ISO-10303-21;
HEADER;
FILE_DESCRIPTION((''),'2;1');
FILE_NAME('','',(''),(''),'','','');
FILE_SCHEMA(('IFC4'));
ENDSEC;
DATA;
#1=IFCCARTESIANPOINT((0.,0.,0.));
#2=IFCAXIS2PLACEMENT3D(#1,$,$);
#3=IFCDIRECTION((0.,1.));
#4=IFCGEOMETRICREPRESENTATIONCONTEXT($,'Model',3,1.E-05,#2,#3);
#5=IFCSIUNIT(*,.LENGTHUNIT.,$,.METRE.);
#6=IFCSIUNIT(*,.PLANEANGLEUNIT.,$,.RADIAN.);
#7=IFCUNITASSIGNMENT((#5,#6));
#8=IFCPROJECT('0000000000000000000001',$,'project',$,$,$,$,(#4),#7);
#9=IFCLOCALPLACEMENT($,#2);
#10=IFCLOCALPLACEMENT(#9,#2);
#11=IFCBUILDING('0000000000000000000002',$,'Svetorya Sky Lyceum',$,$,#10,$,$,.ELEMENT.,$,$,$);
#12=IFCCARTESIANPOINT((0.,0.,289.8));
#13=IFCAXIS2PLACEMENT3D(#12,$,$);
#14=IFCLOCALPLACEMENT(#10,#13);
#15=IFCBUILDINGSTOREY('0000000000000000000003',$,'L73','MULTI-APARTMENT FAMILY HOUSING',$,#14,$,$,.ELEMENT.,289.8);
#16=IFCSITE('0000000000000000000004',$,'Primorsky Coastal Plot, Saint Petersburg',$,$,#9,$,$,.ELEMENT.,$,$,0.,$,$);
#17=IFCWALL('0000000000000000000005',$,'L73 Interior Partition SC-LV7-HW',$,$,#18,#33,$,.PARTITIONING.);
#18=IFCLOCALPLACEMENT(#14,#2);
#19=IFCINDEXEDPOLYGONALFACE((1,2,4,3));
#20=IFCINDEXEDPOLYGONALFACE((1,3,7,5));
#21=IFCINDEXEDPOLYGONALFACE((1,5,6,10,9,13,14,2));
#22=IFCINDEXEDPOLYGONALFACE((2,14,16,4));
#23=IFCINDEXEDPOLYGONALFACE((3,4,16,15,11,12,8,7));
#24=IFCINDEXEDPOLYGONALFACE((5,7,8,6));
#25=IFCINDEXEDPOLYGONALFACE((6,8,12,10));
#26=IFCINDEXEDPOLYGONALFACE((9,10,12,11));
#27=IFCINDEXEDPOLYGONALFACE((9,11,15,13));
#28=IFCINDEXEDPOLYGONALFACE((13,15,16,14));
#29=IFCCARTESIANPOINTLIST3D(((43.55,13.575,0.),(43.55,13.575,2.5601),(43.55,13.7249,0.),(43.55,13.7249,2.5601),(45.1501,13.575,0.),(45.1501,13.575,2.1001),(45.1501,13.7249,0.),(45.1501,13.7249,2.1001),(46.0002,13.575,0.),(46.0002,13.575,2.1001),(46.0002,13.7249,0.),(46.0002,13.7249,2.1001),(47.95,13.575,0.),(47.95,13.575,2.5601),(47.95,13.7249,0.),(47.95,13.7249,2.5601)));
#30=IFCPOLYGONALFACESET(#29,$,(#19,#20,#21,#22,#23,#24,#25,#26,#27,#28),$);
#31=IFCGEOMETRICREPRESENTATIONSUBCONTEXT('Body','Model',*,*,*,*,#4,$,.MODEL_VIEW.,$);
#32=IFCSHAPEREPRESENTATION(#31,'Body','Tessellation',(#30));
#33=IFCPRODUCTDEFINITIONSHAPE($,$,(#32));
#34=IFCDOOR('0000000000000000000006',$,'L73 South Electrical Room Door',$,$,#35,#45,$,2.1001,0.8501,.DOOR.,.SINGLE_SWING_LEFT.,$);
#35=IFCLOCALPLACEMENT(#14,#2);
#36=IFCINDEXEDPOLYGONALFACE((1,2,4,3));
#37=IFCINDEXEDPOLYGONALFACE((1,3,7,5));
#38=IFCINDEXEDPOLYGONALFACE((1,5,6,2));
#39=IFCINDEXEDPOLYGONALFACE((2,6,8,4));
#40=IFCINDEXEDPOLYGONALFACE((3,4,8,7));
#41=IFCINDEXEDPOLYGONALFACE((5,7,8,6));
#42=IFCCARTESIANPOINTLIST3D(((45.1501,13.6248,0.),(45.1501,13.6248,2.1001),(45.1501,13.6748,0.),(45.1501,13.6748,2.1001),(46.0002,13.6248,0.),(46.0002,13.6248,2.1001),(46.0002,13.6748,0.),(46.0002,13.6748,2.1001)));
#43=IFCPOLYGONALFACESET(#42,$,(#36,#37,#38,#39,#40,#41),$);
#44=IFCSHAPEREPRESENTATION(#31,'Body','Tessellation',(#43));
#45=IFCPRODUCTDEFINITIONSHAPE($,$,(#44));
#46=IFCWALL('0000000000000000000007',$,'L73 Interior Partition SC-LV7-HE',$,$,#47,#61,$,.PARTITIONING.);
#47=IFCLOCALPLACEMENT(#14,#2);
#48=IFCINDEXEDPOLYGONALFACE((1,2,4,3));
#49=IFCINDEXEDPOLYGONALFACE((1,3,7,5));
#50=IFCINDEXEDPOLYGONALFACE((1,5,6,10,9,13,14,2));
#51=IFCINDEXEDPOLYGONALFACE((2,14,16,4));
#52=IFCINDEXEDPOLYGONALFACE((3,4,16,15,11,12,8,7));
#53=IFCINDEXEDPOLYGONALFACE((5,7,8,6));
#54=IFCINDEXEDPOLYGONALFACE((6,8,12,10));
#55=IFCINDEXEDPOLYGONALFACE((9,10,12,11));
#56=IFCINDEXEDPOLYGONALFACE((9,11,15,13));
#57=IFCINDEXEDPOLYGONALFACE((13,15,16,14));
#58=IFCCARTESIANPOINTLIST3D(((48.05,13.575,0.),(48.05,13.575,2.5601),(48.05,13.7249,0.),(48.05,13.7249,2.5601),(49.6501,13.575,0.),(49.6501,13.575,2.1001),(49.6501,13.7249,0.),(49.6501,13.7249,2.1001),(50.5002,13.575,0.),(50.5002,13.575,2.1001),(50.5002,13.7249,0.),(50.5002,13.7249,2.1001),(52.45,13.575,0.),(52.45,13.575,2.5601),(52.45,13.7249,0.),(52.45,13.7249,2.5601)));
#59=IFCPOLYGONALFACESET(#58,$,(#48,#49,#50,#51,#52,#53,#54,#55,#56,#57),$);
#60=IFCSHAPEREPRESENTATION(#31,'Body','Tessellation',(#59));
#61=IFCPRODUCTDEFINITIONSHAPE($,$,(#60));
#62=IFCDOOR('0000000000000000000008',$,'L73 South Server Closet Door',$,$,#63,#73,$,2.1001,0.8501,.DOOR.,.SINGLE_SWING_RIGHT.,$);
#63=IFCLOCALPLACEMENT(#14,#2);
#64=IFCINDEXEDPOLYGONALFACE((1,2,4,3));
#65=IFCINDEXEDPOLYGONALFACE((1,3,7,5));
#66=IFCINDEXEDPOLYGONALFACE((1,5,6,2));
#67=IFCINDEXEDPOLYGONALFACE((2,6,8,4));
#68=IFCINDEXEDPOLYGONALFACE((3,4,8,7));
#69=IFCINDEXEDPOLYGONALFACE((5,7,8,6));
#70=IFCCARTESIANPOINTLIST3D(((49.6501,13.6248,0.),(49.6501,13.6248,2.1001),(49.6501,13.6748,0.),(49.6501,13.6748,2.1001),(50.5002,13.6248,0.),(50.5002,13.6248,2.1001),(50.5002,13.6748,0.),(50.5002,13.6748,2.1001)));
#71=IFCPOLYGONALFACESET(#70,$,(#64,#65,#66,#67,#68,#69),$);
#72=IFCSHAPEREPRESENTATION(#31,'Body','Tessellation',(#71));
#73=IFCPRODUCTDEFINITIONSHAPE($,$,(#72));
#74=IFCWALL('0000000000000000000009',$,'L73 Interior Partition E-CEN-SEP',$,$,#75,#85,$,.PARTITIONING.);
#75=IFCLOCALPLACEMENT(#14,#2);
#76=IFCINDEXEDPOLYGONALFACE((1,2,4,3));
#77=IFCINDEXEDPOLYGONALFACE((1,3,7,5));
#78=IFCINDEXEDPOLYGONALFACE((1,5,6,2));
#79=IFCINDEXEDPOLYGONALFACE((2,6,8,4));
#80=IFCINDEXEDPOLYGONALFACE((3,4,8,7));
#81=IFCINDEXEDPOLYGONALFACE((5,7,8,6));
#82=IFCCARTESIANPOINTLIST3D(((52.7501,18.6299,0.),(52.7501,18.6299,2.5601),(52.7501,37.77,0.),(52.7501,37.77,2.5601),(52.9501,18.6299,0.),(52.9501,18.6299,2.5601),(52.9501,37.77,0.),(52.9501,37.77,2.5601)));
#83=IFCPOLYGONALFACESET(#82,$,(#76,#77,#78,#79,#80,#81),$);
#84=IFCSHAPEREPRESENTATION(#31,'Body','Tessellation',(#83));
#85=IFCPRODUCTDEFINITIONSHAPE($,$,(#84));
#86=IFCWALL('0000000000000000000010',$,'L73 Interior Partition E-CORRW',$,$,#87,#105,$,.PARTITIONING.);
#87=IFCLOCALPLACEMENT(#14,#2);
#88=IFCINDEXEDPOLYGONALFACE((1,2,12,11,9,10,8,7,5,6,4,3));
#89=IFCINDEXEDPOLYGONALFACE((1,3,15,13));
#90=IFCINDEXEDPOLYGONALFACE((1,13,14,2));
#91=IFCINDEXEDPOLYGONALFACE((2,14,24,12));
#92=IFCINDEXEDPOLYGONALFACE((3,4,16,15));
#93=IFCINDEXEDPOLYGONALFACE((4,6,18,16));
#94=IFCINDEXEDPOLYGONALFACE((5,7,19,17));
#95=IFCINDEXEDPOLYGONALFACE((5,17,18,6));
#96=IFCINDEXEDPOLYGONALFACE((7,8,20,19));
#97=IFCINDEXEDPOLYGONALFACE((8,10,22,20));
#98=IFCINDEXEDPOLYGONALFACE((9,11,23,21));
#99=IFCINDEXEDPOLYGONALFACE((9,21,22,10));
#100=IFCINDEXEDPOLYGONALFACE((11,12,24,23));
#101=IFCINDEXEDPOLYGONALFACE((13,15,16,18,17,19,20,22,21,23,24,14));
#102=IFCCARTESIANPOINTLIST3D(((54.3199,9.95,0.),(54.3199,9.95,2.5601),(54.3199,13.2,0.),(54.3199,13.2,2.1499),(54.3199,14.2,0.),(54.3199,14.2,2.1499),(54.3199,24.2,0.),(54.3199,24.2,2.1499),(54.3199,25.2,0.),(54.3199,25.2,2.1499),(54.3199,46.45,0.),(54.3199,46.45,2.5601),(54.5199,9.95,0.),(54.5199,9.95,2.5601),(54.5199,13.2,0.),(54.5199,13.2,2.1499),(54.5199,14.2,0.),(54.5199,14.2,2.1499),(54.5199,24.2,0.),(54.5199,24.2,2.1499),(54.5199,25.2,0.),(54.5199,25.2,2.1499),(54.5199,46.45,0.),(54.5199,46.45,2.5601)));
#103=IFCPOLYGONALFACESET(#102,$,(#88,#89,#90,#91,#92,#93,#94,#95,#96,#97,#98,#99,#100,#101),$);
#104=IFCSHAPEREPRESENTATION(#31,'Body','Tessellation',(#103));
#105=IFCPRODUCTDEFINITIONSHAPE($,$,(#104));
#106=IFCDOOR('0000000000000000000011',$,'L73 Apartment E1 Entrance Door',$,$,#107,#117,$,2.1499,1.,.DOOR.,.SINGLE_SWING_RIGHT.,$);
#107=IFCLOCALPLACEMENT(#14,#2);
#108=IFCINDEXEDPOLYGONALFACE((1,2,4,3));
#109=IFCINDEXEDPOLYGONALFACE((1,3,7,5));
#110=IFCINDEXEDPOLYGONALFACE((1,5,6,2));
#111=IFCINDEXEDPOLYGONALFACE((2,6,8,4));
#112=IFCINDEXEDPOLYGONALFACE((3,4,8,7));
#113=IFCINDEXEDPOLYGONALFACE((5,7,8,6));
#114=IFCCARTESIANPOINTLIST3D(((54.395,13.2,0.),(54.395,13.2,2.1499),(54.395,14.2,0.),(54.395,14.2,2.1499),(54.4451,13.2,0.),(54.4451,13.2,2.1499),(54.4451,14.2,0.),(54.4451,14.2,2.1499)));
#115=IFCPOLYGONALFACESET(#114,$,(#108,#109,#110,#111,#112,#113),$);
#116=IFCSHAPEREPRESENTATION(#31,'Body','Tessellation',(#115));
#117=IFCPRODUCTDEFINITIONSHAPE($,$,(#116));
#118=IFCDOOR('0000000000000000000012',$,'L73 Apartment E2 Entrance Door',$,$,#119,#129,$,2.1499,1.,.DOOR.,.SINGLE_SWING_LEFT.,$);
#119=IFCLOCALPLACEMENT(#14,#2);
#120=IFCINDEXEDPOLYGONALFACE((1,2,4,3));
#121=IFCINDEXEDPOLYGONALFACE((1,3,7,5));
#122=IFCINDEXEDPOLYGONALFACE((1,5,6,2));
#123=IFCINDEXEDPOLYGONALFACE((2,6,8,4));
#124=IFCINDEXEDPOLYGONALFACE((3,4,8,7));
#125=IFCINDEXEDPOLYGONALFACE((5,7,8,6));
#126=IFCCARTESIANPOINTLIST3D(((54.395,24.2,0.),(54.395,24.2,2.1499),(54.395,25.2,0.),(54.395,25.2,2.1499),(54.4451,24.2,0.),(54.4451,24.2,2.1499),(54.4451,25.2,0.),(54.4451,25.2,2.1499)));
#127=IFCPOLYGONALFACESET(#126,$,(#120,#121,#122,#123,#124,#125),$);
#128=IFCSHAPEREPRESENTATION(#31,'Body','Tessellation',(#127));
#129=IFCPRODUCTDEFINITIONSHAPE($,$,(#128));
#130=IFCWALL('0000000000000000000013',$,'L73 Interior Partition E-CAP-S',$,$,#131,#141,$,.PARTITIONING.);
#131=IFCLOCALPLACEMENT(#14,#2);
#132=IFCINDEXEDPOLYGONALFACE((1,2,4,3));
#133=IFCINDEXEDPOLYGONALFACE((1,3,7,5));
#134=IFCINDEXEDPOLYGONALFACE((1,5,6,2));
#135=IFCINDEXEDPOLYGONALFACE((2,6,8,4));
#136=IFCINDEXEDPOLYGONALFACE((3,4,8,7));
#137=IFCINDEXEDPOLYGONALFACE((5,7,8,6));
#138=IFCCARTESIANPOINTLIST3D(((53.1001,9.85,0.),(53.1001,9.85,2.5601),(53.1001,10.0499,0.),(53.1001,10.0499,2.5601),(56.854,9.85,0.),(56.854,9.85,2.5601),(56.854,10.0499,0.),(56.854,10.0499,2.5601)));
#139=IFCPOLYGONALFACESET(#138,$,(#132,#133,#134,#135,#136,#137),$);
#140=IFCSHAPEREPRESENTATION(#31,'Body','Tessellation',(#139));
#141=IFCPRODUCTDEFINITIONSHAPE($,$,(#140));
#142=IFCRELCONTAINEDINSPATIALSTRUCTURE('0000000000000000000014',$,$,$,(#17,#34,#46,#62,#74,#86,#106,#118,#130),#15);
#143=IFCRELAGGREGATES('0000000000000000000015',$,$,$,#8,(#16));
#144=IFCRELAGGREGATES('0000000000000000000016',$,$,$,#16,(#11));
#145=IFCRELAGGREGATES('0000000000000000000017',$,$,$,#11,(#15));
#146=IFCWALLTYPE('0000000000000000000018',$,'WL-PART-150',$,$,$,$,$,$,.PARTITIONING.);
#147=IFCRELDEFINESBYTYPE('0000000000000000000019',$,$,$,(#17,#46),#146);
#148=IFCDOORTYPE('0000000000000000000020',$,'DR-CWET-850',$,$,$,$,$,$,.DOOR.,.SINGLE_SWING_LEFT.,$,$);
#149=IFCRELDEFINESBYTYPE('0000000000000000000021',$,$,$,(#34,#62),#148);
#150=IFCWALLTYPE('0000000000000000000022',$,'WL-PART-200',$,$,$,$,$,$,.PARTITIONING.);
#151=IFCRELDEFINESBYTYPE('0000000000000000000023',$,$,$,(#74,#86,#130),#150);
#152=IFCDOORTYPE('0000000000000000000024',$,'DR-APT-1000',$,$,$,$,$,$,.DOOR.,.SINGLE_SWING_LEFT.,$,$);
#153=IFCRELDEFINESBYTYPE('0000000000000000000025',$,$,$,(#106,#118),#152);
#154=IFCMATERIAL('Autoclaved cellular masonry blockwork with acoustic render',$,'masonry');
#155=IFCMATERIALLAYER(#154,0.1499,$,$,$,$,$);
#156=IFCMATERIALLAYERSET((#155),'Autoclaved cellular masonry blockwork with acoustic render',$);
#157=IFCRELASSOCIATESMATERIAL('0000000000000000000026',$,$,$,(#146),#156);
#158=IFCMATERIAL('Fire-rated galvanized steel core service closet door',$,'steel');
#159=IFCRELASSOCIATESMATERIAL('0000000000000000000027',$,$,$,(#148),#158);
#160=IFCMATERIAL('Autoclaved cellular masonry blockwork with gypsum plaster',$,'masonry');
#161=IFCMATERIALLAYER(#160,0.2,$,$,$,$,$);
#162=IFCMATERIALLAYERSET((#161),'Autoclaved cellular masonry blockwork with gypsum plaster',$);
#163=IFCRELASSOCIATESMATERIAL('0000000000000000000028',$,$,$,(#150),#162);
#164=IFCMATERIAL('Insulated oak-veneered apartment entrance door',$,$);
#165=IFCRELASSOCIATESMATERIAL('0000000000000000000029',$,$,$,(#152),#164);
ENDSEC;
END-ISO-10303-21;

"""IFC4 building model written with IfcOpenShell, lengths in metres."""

from ifc_helpers import new_model, si_unit, direction, frame, frame_2d, origin, place, context, subcontext, project, spatial, rectangle, extrude, material, layer, layer_set, type_object, element, fill, save


model = new_model("IFC4")

# Units and contexts
model_context = context("Model", 3, precision=1e-05, world=origin(), true_north=direction((0.0, 1.0)))
body_context = subcontext(model_context, "Body", "Model", "MODEL_VIEW")
ifc_project = project(units=[si_unit("LENGTHUNIT", "METRE"), si_unit("PLANEANGLEUNIT", "RADIAN")], contexts=[model_context])

# Site, building, storey
site_placement = place(None, origin())
site = spatial("IfcSite", under=ifc_project, at=site_placement, Name="Primorsky Coastal Plot, Saint Petersburg", CompositionType="ELEMENT", RefElevation=0.0)
building_placement = place(site_placement, origin())
building = spatial("IfcBuilding", under=site, at=building_placement, Name="Svetorya Sky Lyceum", CompositionType="ELEMENT")
storey_placement = place(building_placement, frame((0.0, 0.0, 289.8)))
storey = spatial("IfcBuildingStorey", under=building, at=storey_placement, Name="L73", Description="MULTI-APARTMENT FAMILY HOUSING", CompositionType="ELEMENT", Elevation=289.8)

# Shared definitions
ifc_material_1 = material(Name="Autoclaved cellular masonry blockwork with acoustic render", Category="masonry")
ifc_layer_1 = layer(ifc_material_1, 0.1499)
ifc_layer_set_1 = layer_set([ifc_layer_1], Name="Autoclaved cellular masonry blockwork with acoustic render")
wall_type_1 = type_object("IfcWallType", Name="WL-PART-150", PredefinedType="PARTITIONING", material=ifc_layer_set_1)

# Walls, openings, doors
wall_1_placement = place(storey_placement, frame((43.55, 13.6499, 0.0), z_axis=(0.0, 0.0, 1.0), x_axis=(1.0, 0.0, 0.0)))
wall_1 = element("IfcWall", 1, at=wall_1_placement, inside=storey, type_object=wall_type_1, Name="L73 Interior Partition SC-LV7-HW", PredefinedType="PARTITIONING", context=body_context, shape_type="SweptSolid", body=[
    extrude(rectangle(XDim=4.3999, YDim=0.1499, at=frame_2d((2.2, 0.0))), origin(), (0.0, 0.0, 1.0), 2.5601),
])
opening_1_placement = place(wall_1_placement, frame((1.6001, 0.0, 0.0)))
opening_1 = element("IfcOpeningElement", 2, at=opening_1_placement, cuts=wall_1, PredefinedType="OPENING", context=body_context, shape_type="SweptSolid", body=[
    extrude(rectangle(XDim=0.8501, YDim=2.1001, at=frame_2d((0.425, 1.05))), frame((0.0, 0.085, 0.0), z_axis=(0.0, -1.0, 0.0), x_axis=(1.0, 0.0, 0.0)), (0.0, 0.0, 1.0), 0.1699),
])
ifc_material_2 = material(Name="Fire-rated galvanized steel core service closet door", Category="steel")
door_type_1 = type_object("IfcDoorType", Name="DR-CWET-850", OperationType="SINGLE_SWING_LEFT", PredefinedType="DOOR", material=ifc_material_2)
door_1_placement = place(opening_1_placement, origin())
door_1 = element("IfcDoor", 3, at=door_1_placement, inside=storey, type_object=door_type_1, Name="L73 South Electrical Room Door", OperationType="SINGLE_SWING_LEFT", OverallHeight=2.1001, OverallWidth=0.8501, PredefinedType="DOOR", context=body_context, shape_type="SweptSolid", body=[
    extrude(rectangle(XDim=0.8501, YDim=2.1001, at=frame_2d((0.425, 1.05))), frame((0.0, 0.0249, 0.0), z_axis=(0.0, -1.0, 0.0), x_axis=(1.0, 0.0, 0.0)), (0.0, 0.0, 1.0), 0.05),
])
fill(opening_1, door_1)
wall_2_placement = place(storey_placement, frame((48.05, 13.6499, 0.0), z_axis=(0.0, 0.0, 1.0), x_axis=(1.0, 0.0, 0.0)))
wall_2 = element("IfcWall", 4, at=wall_2_placement, inside=storey, type_object=wall_type_1, Name="L73 Interior Partition SC-LV7-HE", PredefinedType="PARTITIONING", context=body_context, shape_type="SweptSolid", body=[
    extrude(rectangle(XDim=4.3999, YDim=0.1499, at=frame_2d((2.2, 0.0))), origin(), (0.0, 0.0, 1.0), 2.5601),
])
opening_2_placement = place(wall_2_placement, frame((1.6001, 0.0, 0.0)))
opening_2 = element("IfcOpeningElement", 5, at=opening_2_placement, cuts=wall_2, PredefinedType="OPENING", context=body_context, shape_type="SweptSolid", body=[
    extrude(rectangle(XDim=0.8501, YDim=2.1001, at=frame_2d((0.425, 1.05))), frame((0.0, 0.085, 0.0), z_axis=(0.0, -1.0, 0.0), x_axis=(1.0, 0.0, 0.0)), (0.0, 0.0, 1.0), 0.1699),
])
door_2_placement = place(opening_2_placement, origin())
door_2 = element("IfcDoor", 6, at=door_2_placement, inside=storey, type_object=door_type_1, Name="L73 South Server Closet Door", OperationType="SINGLE_SWING_RIGHT", OverallHeight=2.1001, OverallWidth=0.8501, PredefinedType="DOOR", context=body_context, shape_type="SweptSolid", body=[
    extrude(rectangle(XDim=0.8501, YDim=2.1001, at=frame_2d((0.425, 1.05))), frame((0.0, 0.0249, 0.0), z_axis=(0.0, -1.0, 0.0), x_axis=(1.0, 0.0, 0.0)), (0.0, 0.0, 1.0), 0.05),
])
fill(opening_2, door_2)

# Wall
ifc_material_3 = material(Name="Autoclaved cellular masonry blockwork with gypsum plaster", Category="masonry")
ifc_layer_2 = layer(ifc_material_3, 0.2)
ifc_layer_set_2 = layer_set([ifc_layer_2], Name="Autoclaved cellular masonry blockwork with gypsum plaster")
wall_type_2 = type_object("IfcWallType", Name="WL-PART-200", PredefinedType="PARTITIONING", material=ifc_layer_set_2)
wall_3_placement = place(storey_placement, frame((52.8501, 18.6299, 0.0), z_axis=(0.0, 0.0, 1.0), x_axis=(0.0, 1.0, 0.0)))
element("IfcWall", 7, at=wall_3_placement, inside=storey, type_object=wall_type_2, Name="L73 Interior Partition E-CEN-SEP", PredefinedType="PARTITIONING", context=body_context, shape_type="SweptSolid", body=[
    extrude(rectangle(XDim=19.1401, YDim=0.2, at=frame_2d((9.5701, 0.0))), origin(), (0.0, 0.0, 1.0), 2.5601),
])

# Wall, openings, doors
wall_4_placement = place(storey_placement, frame((54.4199, 9.95, 0.0), z_axis=(0.0, 0.0, 1.0), x_axis=(0.0, 1.0, 0.0)))
wall_4 = element("IfcWall", 8, at=wall_4_placement, inside=storey, type_object=wall_type_2, Name="L73 Interior Partition E-CORRW", PredefinedType="PARTITIONING", context=body_context, shape_type="SweptSolid", body=[
    extrude(rectangle(XDim=36.5, YDim=0.2, at=frame_2d((18.25, 0.0))), origin(), (0.0, 0.0, 1.0), 2.5601),
])
opening_3_placement = place(wall_4_placement, frame((3.25, 0.0, 0.0)))
opening_3 = element("IfcOpeningElement", 9, at=opening_3_placement, cuts=wall_4, PredefinedType="OPENING", context=body_context, shape_type="SweptSolid", body=[
    extrude(rectangle(XDim=1.0, YDim=2.1499, at=frame_2d((0.5, 1.075))), frame((0.0, 0.1099, 0.0), z_axis=(0.0, -1.0, 0.0), x_axis=(1.0, 0.0, 0.0)), (0.0, 0.0, 1.0), 0.22),
])
opening_4_placement = place(wall_4_placement, frame((14.25, 0.0, 0.0)))
opening_4 = element("IfcOpeningElement", 10, at=opening_4_placement, cuts=wall_4, PredefinedType="OPENING", context=body_context, shape_type="SweptSolid", body=[
    extrude(rectangle(XDim=1.0, YDim=2.1499, at=frame_2d((0.5, 1.075))), frame((0.0, 0.1099, 0.0), z_axis=(0.0, -1.0, 0.0), x_axis=(1.0, 0.0, 0.0)), (0.0, 0.0, 1.0), 0.22),
])
ifc_material_4 = material(Name="Insulated oak-veneered apartment entrance door")
door_type_2 = type_object("IfcDoorType", Name="DR-APT-1000", OperationType="SINGLE_SWING_LEFT", PredefinedType="DOOR", material=ifc_material_4)
door_3_placement = place(opening_3_placement, origin())
door_3 = element("IfcDoor", 11, at=door_3_placement, inside=storey, type_object=door_type_2, Name="L73 Apartment E1 Entrance Door", OperationType="SINGLE_SWING_RIGHT", OverallHeight=2.1499, OverallWidth=1.0, PredefinedType="DOOR", context=body_context, shape_type="SweptSolid", body=[
    extrude(rectangle(XDim=1.0, YDim=2.1499, at=frame_2d((0.5, 1.075))), frame((0.0, 0.0249, 0.0), z_axis=(0.0, -1.0, 0.0), x_axis=(1.0, 0.0, 0.0)), (0.0, 0.0, 1.0), 0.05),
])
fill(opening_3, door_3)
door_4_placement = place(opening_4_placement, origin())
door_4 = element("IfcDoor", 12, at=door_4_placement, inside=storey, type_object=door_type_2, Name="L73 Apartment E2 Entrance Door", OperationType="SINGLE_SWING_LEFT", OverallHeight=2.1499, OverallWidth=1.0, PredefinedType="DOOR", context=body_context, shape_type="SweptSolid", body=[
    extrude(rectangle(XDim=1.0, YDim=2.1499, at=frame_2d((0.5, 1.075))), frame((0.0, 0.0249, 0.0), z_axis=(0.0, -1.0, 0.0), x_axis=(1.0, 0.0, 0.0)), (0.0, 0.0, 1.0), 0.05),
])
fill(opening_4, door_4)

# Wall
wall_5_placement = place(storey_placement, frame((53.1001, 9.95, 0.0), z_axis=(0.0, 0.0, 1.0), x_axis=(1.0, 0.0, 0.0)))
element("IfcWall", 13, at=wall_5_placement, inside=storey, type_object=wall_type_2, Name="L73 Interior Partition E-CAP-S", PredefinedType="PARTITIONING", context=body_context, shape_type="SweptSolid", body=[
    extrude(rectangle(XDim=3.7539, YDim=0.2, at=frame_2d((1.877, 0.0))), origin(), (0.0, 0.0, 1.0), 2.5601),
])

save(model, "model.ifc")
